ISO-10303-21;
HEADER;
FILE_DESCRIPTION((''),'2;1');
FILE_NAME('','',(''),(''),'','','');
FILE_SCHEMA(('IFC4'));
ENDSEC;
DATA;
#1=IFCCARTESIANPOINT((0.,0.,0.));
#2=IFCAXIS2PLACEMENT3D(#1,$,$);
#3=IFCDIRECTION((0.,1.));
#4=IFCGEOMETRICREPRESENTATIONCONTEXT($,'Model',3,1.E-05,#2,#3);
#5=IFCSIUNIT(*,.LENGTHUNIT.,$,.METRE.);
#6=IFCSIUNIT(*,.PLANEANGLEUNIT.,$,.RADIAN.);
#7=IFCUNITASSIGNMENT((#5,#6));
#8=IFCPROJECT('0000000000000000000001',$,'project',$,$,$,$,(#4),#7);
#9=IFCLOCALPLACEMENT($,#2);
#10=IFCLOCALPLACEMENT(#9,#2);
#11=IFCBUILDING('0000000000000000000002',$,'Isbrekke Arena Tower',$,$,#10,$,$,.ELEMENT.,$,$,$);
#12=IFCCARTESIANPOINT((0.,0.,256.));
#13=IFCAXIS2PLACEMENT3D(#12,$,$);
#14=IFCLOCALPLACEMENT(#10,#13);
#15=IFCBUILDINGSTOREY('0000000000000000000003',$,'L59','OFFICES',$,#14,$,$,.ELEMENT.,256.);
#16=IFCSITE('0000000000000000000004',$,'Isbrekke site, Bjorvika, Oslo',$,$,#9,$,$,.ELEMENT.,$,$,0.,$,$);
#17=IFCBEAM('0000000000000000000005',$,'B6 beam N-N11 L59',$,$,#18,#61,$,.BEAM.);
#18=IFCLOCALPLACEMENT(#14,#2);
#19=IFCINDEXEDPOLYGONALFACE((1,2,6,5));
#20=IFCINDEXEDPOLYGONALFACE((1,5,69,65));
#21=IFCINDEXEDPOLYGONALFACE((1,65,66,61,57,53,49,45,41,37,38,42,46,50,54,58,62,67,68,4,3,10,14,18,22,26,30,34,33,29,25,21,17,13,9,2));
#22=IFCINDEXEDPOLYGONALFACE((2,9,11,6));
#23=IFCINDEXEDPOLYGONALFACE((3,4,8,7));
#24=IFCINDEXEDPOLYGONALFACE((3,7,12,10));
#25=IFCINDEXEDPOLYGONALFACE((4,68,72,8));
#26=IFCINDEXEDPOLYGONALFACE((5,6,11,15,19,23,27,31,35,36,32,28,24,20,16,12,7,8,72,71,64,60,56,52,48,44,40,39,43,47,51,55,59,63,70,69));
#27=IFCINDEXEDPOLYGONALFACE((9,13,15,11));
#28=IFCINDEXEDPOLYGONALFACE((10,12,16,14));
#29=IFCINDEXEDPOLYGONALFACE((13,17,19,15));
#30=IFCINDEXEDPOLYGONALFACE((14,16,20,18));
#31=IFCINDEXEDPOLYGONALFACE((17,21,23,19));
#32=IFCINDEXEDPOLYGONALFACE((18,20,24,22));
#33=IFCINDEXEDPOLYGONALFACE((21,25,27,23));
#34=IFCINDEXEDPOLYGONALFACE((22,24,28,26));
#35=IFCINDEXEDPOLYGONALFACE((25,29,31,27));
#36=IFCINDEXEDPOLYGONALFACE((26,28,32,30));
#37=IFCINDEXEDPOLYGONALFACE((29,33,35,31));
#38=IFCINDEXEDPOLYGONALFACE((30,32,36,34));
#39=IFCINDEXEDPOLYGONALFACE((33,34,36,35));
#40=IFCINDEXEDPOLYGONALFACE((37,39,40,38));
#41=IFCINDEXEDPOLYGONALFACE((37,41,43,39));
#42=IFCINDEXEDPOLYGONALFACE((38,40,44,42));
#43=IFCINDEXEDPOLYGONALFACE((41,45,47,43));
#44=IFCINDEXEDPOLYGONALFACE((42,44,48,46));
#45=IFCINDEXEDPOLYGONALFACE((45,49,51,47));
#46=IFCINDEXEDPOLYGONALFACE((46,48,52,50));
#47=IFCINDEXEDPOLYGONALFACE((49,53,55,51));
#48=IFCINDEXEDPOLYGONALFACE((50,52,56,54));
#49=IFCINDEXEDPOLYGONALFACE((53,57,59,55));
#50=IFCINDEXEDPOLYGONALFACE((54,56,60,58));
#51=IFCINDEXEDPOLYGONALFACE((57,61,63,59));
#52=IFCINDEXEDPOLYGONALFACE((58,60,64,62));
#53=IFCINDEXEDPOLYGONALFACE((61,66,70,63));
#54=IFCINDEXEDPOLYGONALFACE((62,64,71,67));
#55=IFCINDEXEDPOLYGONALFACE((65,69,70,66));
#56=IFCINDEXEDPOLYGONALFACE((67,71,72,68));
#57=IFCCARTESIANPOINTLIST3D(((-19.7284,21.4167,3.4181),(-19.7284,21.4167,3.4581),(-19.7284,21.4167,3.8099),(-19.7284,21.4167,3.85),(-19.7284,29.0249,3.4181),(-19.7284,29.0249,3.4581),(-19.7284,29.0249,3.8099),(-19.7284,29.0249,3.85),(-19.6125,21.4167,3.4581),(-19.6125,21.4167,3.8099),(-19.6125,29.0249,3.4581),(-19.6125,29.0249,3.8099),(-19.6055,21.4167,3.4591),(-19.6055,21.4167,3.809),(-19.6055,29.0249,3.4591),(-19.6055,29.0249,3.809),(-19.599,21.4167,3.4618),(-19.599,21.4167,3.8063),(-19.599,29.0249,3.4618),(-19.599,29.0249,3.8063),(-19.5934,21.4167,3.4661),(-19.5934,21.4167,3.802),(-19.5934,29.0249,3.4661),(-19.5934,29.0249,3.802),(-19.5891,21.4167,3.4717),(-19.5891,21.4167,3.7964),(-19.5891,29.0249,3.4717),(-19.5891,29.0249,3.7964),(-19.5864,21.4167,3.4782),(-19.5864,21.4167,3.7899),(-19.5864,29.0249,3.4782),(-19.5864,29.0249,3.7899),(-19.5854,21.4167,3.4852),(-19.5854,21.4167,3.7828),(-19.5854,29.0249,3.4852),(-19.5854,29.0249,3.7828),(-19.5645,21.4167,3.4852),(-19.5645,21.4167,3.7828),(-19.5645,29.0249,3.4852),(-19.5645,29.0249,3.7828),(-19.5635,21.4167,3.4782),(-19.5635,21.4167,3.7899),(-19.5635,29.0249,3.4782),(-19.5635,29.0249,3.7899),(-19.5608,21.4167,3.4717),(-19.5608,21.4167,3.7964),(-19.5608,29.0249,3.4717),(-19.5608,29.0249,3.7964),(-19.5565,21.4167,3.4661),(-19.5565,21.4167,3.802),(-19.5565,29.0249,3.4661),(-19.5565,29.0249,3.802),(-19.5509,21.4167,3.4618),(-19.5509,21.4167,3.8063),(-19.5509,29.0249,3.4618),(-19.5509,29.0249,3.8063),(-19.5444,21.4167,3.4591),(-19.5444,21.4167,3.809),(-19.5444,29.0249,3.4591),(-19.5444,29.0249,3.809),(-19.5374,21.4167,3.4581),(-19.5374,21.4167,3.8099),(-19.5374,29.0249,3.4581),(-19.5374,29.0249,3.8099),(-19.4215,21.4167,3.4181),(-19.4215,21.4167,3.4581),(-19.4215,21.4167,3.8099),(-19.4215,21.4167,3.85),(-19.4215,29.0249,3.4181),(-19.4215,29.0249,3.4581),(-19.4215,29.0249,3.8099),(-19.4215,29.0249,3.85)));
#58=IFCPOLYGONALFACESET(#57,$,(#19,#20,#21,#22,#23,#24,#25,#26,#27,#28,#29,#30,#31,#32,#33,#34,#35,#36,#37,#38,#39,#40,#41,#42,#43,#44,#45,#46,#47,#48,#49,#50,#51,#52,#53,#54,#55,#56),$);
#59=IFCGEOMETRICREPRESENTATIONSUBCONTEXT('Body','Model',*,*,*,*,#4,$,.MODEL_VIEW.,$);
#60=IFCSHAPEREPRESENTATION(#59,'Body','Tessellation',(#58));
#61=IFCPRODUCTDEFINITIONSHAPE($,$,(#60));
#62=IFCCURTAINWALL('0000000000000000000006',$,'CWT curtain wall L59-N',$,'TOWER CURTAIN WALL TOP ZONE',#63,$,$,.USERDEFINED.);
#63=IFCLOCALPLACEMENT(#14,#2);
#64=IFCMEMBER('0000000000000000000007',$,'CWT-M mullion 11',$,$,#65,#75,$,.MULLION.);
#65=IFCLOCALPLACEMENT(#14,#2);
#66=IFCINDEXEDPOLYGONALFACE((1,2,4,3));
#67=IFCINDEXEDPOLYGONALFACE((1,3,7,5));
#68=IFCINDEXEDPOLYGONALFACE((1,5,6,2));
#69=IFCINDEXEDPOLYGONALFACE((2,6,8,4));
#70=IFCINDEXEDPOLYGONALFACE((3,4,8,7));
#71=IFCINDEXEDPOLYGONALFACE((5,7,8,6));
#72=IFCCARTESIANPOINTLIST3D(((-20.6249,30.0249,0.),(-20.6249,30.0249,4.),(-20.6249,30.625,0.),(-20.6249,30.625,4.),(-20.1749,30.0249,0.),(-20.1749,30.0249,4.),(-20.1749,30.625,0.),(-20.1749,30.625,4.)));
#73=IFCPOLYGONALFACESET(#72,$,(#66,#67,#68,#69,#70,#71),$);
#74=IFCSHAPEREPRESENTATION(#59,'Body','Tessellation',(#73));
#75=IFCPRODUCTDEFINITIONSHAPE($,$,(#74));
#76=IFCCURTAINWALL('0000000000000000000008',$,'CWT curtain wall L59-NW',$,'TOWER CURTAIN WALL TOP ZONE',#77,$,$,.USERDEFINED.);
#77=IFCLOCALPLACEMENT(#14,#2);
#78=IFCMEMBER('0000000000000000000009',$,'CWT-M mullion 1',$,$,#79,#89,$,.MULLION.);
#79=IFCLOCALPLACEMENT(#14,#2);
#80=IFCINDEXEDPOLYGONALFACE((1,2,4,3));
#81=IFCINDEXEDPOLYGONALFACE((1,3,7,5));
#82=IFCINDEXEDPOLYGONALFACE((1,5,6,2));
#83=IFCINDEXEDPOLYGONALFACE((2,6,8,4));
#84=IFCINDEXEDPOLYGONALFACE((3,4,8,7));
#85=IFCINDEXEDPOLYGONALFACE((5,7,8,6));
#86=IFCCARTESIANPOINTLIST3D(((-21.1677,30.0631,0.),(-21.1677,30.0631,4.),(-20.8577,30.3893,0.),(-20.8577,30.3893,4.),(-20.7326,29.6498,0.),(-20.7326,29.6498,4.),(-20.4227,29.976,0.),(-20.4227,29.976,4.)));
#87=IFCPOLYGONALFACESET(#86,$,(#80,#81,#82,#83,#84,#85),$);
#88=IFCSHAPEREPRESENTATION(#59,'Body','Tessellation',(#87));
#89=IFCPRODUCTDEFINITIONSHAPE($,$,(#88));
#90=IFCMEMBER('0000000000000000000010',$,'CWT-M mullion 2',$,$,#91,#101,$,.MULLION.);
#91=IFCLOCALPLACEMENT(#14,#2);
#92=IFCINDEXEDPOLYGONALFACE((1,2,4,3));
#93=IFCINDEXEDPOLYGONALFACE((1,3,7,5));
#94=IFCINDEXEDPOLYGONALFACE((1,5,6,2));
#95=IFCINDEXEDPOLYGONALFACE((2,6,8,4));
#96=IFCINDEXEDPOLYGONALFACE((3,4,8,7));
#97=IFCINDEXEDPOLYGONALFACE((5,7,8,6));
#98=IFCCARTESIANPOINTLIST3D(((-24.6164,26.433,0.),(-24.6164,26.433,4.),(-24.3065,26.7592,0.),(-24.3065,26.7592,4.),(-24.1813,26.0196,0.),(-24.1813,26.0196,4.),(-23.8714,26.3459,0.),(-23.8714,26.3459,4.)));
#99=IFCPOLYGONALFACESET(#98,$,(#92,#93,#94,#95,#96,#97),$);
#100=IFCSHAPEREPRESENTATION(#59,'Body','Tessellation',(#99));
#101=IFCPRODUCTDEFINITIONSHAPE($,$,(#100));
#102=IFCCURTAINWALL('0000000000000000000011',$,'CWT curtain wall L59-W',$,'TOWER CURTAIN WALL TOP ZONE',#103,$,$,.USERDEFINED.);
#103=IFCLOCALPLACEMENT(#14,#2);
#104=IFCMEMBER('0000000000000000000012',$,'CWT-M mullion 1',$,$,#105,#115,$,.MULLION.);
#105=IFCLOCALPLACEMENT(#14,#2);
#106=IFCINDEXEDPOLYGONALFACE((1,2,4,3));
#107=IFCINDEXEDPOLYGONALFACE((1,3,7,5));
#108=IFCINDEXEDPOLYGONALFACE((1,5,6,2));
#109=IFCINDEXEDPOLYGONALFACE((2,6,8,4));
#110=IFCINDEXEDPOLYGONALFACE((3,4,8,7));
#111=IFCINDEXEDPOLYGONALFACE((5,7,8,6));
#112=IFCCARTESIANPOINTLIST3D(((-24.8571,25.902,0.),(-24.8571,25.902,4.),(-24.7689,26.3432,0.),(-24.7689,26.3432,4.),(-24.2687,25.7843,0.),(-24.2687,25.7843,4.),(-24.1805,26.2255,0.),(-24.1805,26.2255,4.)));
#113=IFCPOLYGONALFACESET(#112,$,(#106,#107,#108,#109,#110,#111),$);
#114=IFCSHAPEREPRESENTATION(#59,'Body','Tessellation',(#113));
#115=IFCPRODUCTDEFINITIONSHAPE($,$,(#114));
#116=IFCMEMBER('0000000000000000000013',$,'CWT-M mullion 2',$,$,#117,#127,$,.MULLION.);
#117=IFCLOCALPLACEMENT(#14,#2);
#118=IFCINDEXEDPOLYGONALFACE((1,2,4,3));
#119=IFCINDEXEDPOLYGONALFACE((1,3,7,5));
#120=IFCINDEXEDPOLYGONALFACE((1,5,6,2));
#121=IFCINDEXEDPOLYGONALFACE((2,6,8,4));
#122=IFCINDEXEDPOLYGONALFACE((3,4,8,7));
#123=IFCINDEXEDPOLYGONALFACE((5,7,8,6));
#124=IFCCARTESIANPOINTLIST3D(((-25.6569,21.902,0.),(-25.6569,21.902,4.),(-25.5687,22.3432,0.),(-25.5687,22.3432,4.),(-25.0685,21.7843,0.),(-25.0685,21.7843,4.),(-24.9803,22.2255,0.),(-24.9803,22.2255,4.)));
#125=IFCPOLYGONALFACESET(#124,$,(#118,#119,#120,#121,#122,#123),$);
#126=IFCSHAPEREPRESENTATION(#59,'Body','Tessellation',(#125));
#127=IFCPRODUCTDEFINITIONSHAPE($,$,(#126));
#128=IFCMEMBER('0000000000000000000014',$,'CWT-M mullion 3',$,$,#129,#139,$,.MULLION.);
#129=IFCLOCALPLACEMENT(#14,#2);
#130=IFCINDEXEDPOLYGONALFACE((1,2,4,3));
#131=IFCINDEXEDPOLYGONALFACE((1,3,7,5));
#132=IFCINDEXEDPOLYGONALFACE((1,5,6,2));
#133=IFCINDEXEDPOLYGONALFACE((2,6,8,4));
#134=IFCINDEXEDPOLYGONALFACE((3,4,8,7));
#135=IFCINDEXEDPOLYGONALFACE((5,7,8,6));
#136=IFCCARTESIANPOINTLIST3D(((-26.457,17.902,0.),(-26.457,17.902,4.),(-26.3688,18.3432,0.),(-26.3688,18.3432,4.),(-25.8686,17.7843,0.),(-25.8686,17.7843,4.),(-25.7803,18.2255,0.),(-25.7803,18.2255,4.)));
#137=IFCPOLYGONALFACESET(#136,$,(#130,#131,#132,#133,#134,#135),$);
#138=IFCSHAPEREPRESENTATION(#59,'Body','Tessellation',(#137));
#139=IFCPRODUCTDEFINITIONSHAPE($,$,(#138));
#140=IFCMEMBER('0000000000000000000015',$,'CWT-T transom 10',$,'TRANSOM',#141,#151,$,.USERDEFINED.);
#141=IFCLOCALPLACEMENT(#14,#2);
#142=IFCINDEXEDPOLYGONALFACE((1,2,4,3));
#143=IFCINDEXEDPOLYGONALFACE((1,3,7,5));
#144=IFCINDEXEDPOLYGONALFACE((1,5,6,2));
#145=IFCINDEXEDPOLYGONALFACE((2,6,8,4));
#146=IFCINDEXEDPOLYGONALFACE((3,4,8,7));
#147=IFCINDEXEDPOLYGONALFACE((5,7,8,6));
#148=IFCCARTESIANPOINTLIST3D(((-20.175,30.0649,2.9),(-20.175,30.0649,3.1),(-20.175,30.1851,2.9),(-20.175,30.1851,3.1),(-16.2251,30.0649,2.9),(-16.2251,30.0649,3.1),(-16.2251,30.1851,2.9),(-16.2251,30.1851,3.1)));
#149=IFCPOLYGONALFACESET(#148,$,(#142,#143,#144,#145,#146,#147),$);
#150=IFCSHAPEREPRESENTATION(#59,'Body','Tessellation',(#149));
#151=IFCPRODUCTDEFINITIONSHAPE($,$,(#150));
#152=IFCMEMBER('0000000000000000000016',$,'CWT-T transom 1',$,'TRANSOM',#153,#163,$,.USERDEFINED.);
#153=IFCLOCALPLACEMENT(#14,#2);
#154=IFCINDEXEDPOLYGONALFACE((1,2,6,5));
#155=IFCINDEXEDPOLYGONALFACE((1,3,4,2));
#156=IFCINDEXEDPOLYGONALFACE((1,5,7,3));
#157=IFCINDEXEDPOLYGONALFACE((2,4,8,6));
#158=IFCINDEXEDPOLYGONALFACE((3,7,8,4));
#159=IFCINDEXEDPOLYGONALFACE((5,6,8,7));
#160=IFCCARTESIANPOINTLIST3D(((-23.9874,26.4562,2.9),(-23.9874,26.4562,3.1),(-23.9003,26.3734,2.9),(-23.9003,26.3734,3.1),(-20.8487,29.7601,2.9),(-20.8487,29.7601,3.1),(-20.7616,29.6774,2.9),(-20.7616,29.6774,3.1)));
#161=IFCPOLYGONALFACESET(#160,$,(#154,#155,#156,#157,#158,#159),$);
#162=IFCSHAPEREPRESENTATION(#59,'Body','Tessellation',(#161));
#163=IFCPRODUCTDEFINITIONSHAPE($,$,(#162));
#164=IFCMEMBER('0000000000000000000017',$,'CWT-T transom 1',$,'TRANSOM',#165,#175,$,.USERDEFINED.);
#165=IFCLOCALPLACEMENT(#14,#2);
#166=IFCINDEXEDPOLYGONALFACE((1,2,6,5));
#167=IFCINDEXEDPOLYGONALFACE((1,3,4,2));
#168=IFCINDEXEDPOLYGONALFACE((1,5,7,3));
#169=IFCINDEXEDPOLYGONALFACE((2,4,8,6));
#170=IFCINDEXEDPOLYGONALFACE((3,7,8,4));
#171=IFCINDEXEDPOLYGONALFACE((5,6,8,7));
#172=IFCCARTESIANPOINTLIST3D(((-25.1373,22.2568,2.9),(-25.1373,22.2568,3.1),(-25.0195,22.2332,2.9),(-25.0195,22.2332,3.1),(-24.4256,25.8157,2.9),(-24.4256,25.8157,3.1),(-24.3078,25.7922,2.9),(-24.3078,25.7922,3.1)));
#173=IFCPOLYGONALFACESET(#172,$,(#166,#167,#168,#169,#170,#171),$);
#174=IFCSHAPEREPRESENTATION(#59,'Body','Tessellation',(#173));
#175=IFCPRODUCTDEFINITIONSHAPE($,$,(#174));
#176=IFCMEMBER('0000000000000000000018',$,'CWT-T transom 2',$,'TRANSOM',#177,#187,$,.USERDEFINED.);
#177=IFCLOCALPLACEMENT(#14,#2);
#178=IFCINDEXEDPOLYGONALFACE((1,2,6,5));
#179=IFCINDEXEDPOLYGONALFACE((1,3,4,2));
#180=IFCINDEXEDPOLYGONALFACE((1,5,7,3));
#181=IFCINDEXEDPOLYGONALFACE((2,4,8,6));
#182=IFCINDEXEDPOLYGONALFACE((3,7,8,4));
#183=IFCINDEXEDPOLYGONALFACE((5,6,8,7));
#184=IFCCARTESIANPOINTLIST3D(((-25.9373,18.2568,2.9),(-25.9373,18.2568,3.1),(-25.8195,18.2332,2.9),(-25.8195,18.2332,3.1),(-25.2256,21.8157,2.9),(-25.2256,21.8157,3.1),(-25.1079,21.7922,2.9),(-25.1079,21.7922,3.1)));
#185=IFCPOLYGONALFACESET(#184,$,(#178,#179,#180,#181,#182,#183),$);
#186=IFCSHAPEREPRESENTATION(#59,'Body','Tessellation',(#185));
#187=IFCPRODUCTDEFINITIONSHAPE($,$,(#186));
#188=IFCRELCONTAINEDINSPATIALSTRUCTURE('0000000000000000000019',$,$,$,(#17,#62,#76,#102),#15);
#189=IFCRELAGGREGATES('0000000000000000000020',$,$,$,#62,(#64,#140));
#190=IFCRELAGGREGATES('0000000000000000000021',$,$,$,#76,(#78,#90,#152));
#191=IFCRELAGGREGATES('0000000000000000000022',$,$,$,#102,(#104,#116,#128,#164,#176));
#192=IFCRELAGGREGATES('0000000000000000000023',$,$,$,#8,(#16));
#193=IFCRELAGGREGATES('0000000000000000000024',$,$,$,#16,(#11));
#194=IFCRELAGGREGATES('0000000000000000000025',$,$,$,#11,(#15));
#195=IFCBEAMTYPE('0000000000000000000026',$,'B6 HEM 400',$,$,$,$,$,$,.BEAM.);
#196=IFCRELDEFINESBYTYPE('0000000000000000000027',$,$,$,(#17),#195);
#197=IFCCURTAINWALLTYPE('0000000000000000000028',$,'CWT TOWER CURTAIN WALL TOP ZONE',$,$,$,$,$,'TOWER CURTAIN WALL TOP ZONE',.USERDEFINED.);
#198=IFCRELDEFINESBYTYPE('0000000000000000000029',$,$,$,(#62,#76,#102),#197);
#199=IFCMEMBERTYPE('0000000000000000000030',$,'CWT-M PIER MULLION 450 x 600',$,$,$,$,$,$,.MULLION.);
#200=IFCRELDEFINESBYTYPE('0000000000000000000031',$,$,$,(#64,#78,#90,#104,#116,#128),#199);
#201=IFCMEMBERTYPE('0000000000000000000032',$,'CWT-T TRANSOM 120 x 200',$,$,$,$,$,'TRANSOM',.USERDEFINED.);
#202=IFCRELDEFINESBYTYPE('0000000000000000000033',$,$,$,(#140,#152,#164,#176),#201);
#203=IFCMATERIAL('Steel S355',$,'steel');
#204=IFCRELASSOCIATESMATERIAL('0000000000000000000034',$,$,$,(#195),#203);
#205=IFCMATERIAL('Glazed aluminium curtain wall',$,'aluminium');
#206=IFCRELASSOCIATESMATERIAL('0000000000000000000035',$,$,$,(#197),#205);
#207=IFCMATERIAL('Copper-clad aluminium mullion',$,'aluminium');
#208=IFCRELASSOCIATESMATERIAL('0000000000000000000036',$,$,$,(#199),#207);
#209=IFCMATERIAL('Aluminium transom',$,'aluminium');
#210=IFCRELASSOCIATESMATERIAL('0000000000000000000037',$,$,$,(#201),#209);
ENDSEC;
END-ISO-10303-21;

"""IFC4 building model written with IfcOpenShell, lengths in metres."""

from ifc_helpers import new_model, si_unit, direction, frame, origin, origin_2d, place, context, subcontext, project, spatial, rectangle, i_section, extrude, material, material_profile, profile_set, type_object, element, aggregate, save


model = new_model("IFC4")

# Units and contexts
model_context = context("Model", 3, precision=1e-05, world=origin(), true_north=direction((0.0, 1.0)))
body_context = subcontext(model_context, "Body", "Model", "MODEL_VIEW")
ifc_project = project(units=[si_unit("LENGTHUNIT", "METRE"), si_unit("PLANEANGLEUNIT", "RADIAN")], contexts=[model_context])

# Site, building, storey
site_placement = place(None, origin())
site = spatial("IfcSite", under=ifc_project, at=site_placement, Name="Isbrekke site, Bjorvika, Oslo", CompositionType="ELEMENT", RefElevation=0.0)
building_placement = place(site_placement, origin())
building = spatial("IfcBuilding", under=site, at=building_placement, Name="Isbrekke Arena Tower", CompositionType="ELEMENT")
storey_placement = place(building_placement, frame((0.0, 0.0, 256.0)))
storey = spatial("IfcBuildingStorey", under=building, at=storey_placement, Name="L59", Description="OFFICES", CompositionType="ELEMENT", Elevation=256.0)

# Beam
ifc_material_1 = material(Name="Steel S355", Category="steel")
ifc_material_profile_1 = material_profile(ifc_material_1, i_section(OverallWidth=0.3069, OverallDepth=0.4319, WebThickness=0.021, FlangeThickness=0.04, FilletRadius=0.0271, at=origin_2d()), Name="HEM 400")
ifc_profile_set_1 = profile_set([ifc_material_profile_1], Name="Steel S355")
beam_type_1 = type_object("IfcBeamType", Name="B6 HEM 400", PredefinedType="BEAM", material=ifc_profile_set_1)
beam_1_placement = place(storey_placement, frame((-19.575, 29.0249, 3.634), z_axis=(0.0, -1.0, 0.0), x_axis=(1.0, 0.0, 0.0)))
element("IfcBeam", 1, at=beam_1_placement, inside=storey, type_object=beam_type_1, Name="B6 beam N-N11 L59", PredefinedType="BEAM", context=body_context, shape_type="SweptSolid", body=[
    extrude(i_section(OverallWidth=0.3069, OverallDepth=0.4319, WebThickness=0.021, FlangeThickness=0.04, FilletRadius=0.0271, at=origin_2d()), origin(), (0.0, 0.0, 1.0), 7.6082),
])

# Curtain wall, member
ifc_material_2 = material(Name="Glazed aluminium curtain wall", Category="aluminium")
curtain_wall_type = type_object("IfcCurtainWallType", Name="CWT TOWER CURTAIN WALL TOP ZONE", ElementType="TOWER CURTAIN WALL TOP ZONE", PredefinedType="USERDEFINED", material=ifc_material_2)
curtain_wall_1_placement = place(storey_placement, origin())
curtain_wall_1 = element("IfcCurtainWall", 2, at=curtain_wall_1_placement, inside=storey, type_object=curtain_wall_type, Name="CWT curtain wall L59-N", ObjectType="TOWER CURTAIN WALL TOP ZONE", PredefinedType="USERDEFINED")
ifc_material_3 = material(Name="Copper-clad aluminium mullion", Category="aluminium")
ifc_material_profile_2 = material_profile(ifc_material_3, rectangle(XDim=0.45, YDim=0.6001, at=origin_2d()), Name="PIER 450X600")
ifc_profile_set_2 = profile_set([ifc_material_profile_2], Name="Copper-clad aluminium mullion")
member_type_1 = type_object("IfcMemberType", Name="CWT-M PIER MULLION 450 x 600", PredefinedType="MULLION", material=ifc_profile_set_2)
member_1_placement = place(storey_placement, frame((-20.3999, 30.325, 0.0), z_axis=(0.0, 0.0, 1.0), x_axis=(-1.0, 0.0, 0.0)))
member_1 = element("IfcMember", 3, at=member_1_placement, type_object=member_type_1, Name="CWT-M mullion 11", PredefinedType="MULLION", context=body_context, shape_type="SweptSolid", body=[
    extrude(rectangle(XDim=0.45, YDim=0.6001, at=origin_2d()), origin(), (0.0, 0.0, 1.0), 4.0),
])

# Curtain walls, members
curtain_wall_2_placement = place(storey_placement, origin())
curtain_wall_2 = element("IfcCurtainWall", 4, at=curtain_wall_2_placement, inside=storey, type_object=curtain_wall_type, Name="CWT curtain wall L59-NW", ObjectType="TOWER CURTAIN WALL TOP ZONE", PredefinedType="USERDEFINED")
member_2_placement = place(storey_placement, frame((-20.7952, 30.0195, 0.0), z_axis=(0.0, 0.0, 1.0), x_axis=(-0.688749, -0.724999, 0.0)))
member_2 = element("IfcMember", 5, at=member_2_placement, type_object=member_type_1, Name="CWT-M mullion 1", PredefinedType="MULLION", context=body_context, shape_type="SweptSolid", body=[
    extrude(rectangle(XDim=0.45, YDim=0.6001, at=origin_2d()), origin(), (0.0, 0.0, 1.0), 4.0),
])
member_3_placement = place(storey_placement, frame((-24.2439, 26.3894, 0.0), z_axis=(0.0, 0.0, 1.0), x_axis=(-0.688749, -0.724999, 0.0)))
member_3 = element("IfcMember", 6, at=member_3_placement, type_object=member_type_1, Name="CWT-M mullion 2", PredefinedType="MULLION", context=body_context, shape_type="SweptSolid", body=[
    extrude(rectangle(XDim=0.45, YDim=0.6001, at=origin_2d()), origin(), (0.0, 0.0, 1.0), 4.0),
])
curtain_wall_3_placement = place(storey_placement, origin())
curtain_wall_3 = element("IfcCurtainWall", 7, at=curtain_wall_3_placement, inside=storey, type_object=curtain_wall_type, Name="CWT curtain wall L59-W", ObjectType="TOWER CURTAIN WALL TOP ZONE", PredefinedType="USERDEFINED")
member_4_placement = place(storey_placement, frame((-24.5188, 26.0637, 0.0), z_axis=(0.0, 0.0, 1.0), x_axis=(-0.196116, -0.980581, 0.0)))
member_4 = element("IfcMember", 8, at=member_4_placement, type_object=member_type_1, Name="CWT-M mullion 1", PredefinedType="MULLION", context=body_context, shape_type="SweptSolid", body=[
    extrude(rectangle(XDim=0.45, YDim=0.6001, at=origin_2d()), origin(), (0.0, 0.0, 1.0), 4.0),
])
member_5_placement = place(storey_placement, frame((-25.3186, 22.0637, 0.0), z_axis=(0.0, 0.0, 1.0), x_axis=(-0.196116, -0.980581, 0.0)))
member_5 = element("IfcMember", 9, at=member_5_placement, type_object=member_type_1, Name="CWT-M mullion 2", PredefinedType="MULLION", context=body_context, shape_type="SweptSolid", body=[
    extrude(rectangle(XDim=0.45, YDim=0.6001, at=origin_2d()), origin(), (0.0, 0.0, 1.0), 4.0),
])
member_6_placement = place(storey_placement, frame((-26.1187, 18.0637, 0.0), z_axis=(0.0, 0.0, 1.0), x_axis=(-0.196116, -0.980581, 0.0)))
member_6 = element("IfcMember", 10, at=member_6_placement, type_object=member_type_1, Name="CWT-M mullion 3", PredefinedType="MULLION", context=body_context, shape_type="SweptSolid", body=[
    extrude(rectangle(XDim=0.45, YDim=0.6001, at=origin_2d()), origin(), (0.0, 0.0, 1.0), 4.0),
])

# Members
ifc_material_4 = material(Name="Aluminium transom", Category="aluminium")
ifc_material_profile_3 = material_profile(ifc_material_4, rectangle(XDim=0.1201, YDim=0.2, at=origin_2d()), Name="TRANSOM 120X200")
ifc_profile_set_3 = profile_set([ifc_material_profile_3], Name="Aluminium transom")
member_type_2 = type_object("IfcMemberType", Name="CWT-T TRANSOM 120 x 200", ElementType="TRANSOM", PredefinedType="USERDEFINED", material=ifc_profile_set_3)
member_7_placement = place(storey_placement, frame((-16.2251, 30.125, 3.0), z_axis=(-1.0, 0.0, 0.0), x_axis=(0.0, -1.0, 0.0)))
member_7 = element("IfcMember", 11, at=member_7_placement, type_object=member_type_2, Name="CWT-T transom 10", ObjectType="TRANSOM", PredefinedType="USERDEFINED", context=body_context, shape_type="SweptSolid", body=[
    extrude(rectangle(XDim=0.1201, YDim=0.2, at=origin_2d()), origin(), (0.0, 0.0, 1.0), 3.95),
])
member_8_placement = place(storey_placement, frame((-20.8052, 29.7188, 3.0), z_axis=(-0.68874, -0.725009, 0.0), x_axis=(0.725009, -0.68874, 0.0)))
member_8 = element("IfcMember", 12, at=member_8_placement, type_object=member_type_2, Name="CWT-T transom 1", ObjectType="TRANSOM", PredefinedType="USERDEFINED", context=body_context, shape_type="SweptSolid", body=[
    extrude(rectangle(XDim=0.1201, YDim=0.2, at=origin_2d()), origin(), (0.0, 0.0, 1.0), 4.5571),
])
member_9_placement = place(storey_placement, frame((-24.3667, 25.804, 3.0), z_axis=(-0.19609, -0.980586, 0.0), x_axis=(0.980586, -0.19609, 0.0)))
member_9 = element("IfcMember", 13, at=member_9_placement, type_object=member_type_2, Name="CWT-T transom 1", ObjectType="TRANSOM", PredefinedType="USERDEFINED", context=body_context, shape_type="SweptSolid", body=[
    extrude(rectangle(XDim=0.1201, YDim=0.2, at=origin_2d()), origin(), (0.0, 0.0, 1.0), 3.6294),
])
member_10_placement = place(storey_placement, frame((-25.1667, 21.804, 3.0), z_axis=(-0.19609, -0.980586, 0.0), x_axis=(0.980586, -0.19609, 0.0)))
member_10 = element("IfcMember", 14, at=member_10_placement, type_object=member_type_2, Name="CWT-T transom 2", ObjectType="TRANSOM", PredefinedType="USERDEFINED", context=body_context, shape_type="SweptSolid", body=[
    extrude(rectangle(XDim=0.1201, YDim=0.2, at=origin_2d()), origin(), (0.0, 0.0, 1.0), 3.6294),
])

aggregate(curtain_wall_1, [member_1, member_7])
aggregate(curtain_wall_2, [member_2, member_3, member_8])
aggregate(curtain_wall_3, [member_4, member_5, member_6, member_9, member_10])

save(model, "model.ifc")
